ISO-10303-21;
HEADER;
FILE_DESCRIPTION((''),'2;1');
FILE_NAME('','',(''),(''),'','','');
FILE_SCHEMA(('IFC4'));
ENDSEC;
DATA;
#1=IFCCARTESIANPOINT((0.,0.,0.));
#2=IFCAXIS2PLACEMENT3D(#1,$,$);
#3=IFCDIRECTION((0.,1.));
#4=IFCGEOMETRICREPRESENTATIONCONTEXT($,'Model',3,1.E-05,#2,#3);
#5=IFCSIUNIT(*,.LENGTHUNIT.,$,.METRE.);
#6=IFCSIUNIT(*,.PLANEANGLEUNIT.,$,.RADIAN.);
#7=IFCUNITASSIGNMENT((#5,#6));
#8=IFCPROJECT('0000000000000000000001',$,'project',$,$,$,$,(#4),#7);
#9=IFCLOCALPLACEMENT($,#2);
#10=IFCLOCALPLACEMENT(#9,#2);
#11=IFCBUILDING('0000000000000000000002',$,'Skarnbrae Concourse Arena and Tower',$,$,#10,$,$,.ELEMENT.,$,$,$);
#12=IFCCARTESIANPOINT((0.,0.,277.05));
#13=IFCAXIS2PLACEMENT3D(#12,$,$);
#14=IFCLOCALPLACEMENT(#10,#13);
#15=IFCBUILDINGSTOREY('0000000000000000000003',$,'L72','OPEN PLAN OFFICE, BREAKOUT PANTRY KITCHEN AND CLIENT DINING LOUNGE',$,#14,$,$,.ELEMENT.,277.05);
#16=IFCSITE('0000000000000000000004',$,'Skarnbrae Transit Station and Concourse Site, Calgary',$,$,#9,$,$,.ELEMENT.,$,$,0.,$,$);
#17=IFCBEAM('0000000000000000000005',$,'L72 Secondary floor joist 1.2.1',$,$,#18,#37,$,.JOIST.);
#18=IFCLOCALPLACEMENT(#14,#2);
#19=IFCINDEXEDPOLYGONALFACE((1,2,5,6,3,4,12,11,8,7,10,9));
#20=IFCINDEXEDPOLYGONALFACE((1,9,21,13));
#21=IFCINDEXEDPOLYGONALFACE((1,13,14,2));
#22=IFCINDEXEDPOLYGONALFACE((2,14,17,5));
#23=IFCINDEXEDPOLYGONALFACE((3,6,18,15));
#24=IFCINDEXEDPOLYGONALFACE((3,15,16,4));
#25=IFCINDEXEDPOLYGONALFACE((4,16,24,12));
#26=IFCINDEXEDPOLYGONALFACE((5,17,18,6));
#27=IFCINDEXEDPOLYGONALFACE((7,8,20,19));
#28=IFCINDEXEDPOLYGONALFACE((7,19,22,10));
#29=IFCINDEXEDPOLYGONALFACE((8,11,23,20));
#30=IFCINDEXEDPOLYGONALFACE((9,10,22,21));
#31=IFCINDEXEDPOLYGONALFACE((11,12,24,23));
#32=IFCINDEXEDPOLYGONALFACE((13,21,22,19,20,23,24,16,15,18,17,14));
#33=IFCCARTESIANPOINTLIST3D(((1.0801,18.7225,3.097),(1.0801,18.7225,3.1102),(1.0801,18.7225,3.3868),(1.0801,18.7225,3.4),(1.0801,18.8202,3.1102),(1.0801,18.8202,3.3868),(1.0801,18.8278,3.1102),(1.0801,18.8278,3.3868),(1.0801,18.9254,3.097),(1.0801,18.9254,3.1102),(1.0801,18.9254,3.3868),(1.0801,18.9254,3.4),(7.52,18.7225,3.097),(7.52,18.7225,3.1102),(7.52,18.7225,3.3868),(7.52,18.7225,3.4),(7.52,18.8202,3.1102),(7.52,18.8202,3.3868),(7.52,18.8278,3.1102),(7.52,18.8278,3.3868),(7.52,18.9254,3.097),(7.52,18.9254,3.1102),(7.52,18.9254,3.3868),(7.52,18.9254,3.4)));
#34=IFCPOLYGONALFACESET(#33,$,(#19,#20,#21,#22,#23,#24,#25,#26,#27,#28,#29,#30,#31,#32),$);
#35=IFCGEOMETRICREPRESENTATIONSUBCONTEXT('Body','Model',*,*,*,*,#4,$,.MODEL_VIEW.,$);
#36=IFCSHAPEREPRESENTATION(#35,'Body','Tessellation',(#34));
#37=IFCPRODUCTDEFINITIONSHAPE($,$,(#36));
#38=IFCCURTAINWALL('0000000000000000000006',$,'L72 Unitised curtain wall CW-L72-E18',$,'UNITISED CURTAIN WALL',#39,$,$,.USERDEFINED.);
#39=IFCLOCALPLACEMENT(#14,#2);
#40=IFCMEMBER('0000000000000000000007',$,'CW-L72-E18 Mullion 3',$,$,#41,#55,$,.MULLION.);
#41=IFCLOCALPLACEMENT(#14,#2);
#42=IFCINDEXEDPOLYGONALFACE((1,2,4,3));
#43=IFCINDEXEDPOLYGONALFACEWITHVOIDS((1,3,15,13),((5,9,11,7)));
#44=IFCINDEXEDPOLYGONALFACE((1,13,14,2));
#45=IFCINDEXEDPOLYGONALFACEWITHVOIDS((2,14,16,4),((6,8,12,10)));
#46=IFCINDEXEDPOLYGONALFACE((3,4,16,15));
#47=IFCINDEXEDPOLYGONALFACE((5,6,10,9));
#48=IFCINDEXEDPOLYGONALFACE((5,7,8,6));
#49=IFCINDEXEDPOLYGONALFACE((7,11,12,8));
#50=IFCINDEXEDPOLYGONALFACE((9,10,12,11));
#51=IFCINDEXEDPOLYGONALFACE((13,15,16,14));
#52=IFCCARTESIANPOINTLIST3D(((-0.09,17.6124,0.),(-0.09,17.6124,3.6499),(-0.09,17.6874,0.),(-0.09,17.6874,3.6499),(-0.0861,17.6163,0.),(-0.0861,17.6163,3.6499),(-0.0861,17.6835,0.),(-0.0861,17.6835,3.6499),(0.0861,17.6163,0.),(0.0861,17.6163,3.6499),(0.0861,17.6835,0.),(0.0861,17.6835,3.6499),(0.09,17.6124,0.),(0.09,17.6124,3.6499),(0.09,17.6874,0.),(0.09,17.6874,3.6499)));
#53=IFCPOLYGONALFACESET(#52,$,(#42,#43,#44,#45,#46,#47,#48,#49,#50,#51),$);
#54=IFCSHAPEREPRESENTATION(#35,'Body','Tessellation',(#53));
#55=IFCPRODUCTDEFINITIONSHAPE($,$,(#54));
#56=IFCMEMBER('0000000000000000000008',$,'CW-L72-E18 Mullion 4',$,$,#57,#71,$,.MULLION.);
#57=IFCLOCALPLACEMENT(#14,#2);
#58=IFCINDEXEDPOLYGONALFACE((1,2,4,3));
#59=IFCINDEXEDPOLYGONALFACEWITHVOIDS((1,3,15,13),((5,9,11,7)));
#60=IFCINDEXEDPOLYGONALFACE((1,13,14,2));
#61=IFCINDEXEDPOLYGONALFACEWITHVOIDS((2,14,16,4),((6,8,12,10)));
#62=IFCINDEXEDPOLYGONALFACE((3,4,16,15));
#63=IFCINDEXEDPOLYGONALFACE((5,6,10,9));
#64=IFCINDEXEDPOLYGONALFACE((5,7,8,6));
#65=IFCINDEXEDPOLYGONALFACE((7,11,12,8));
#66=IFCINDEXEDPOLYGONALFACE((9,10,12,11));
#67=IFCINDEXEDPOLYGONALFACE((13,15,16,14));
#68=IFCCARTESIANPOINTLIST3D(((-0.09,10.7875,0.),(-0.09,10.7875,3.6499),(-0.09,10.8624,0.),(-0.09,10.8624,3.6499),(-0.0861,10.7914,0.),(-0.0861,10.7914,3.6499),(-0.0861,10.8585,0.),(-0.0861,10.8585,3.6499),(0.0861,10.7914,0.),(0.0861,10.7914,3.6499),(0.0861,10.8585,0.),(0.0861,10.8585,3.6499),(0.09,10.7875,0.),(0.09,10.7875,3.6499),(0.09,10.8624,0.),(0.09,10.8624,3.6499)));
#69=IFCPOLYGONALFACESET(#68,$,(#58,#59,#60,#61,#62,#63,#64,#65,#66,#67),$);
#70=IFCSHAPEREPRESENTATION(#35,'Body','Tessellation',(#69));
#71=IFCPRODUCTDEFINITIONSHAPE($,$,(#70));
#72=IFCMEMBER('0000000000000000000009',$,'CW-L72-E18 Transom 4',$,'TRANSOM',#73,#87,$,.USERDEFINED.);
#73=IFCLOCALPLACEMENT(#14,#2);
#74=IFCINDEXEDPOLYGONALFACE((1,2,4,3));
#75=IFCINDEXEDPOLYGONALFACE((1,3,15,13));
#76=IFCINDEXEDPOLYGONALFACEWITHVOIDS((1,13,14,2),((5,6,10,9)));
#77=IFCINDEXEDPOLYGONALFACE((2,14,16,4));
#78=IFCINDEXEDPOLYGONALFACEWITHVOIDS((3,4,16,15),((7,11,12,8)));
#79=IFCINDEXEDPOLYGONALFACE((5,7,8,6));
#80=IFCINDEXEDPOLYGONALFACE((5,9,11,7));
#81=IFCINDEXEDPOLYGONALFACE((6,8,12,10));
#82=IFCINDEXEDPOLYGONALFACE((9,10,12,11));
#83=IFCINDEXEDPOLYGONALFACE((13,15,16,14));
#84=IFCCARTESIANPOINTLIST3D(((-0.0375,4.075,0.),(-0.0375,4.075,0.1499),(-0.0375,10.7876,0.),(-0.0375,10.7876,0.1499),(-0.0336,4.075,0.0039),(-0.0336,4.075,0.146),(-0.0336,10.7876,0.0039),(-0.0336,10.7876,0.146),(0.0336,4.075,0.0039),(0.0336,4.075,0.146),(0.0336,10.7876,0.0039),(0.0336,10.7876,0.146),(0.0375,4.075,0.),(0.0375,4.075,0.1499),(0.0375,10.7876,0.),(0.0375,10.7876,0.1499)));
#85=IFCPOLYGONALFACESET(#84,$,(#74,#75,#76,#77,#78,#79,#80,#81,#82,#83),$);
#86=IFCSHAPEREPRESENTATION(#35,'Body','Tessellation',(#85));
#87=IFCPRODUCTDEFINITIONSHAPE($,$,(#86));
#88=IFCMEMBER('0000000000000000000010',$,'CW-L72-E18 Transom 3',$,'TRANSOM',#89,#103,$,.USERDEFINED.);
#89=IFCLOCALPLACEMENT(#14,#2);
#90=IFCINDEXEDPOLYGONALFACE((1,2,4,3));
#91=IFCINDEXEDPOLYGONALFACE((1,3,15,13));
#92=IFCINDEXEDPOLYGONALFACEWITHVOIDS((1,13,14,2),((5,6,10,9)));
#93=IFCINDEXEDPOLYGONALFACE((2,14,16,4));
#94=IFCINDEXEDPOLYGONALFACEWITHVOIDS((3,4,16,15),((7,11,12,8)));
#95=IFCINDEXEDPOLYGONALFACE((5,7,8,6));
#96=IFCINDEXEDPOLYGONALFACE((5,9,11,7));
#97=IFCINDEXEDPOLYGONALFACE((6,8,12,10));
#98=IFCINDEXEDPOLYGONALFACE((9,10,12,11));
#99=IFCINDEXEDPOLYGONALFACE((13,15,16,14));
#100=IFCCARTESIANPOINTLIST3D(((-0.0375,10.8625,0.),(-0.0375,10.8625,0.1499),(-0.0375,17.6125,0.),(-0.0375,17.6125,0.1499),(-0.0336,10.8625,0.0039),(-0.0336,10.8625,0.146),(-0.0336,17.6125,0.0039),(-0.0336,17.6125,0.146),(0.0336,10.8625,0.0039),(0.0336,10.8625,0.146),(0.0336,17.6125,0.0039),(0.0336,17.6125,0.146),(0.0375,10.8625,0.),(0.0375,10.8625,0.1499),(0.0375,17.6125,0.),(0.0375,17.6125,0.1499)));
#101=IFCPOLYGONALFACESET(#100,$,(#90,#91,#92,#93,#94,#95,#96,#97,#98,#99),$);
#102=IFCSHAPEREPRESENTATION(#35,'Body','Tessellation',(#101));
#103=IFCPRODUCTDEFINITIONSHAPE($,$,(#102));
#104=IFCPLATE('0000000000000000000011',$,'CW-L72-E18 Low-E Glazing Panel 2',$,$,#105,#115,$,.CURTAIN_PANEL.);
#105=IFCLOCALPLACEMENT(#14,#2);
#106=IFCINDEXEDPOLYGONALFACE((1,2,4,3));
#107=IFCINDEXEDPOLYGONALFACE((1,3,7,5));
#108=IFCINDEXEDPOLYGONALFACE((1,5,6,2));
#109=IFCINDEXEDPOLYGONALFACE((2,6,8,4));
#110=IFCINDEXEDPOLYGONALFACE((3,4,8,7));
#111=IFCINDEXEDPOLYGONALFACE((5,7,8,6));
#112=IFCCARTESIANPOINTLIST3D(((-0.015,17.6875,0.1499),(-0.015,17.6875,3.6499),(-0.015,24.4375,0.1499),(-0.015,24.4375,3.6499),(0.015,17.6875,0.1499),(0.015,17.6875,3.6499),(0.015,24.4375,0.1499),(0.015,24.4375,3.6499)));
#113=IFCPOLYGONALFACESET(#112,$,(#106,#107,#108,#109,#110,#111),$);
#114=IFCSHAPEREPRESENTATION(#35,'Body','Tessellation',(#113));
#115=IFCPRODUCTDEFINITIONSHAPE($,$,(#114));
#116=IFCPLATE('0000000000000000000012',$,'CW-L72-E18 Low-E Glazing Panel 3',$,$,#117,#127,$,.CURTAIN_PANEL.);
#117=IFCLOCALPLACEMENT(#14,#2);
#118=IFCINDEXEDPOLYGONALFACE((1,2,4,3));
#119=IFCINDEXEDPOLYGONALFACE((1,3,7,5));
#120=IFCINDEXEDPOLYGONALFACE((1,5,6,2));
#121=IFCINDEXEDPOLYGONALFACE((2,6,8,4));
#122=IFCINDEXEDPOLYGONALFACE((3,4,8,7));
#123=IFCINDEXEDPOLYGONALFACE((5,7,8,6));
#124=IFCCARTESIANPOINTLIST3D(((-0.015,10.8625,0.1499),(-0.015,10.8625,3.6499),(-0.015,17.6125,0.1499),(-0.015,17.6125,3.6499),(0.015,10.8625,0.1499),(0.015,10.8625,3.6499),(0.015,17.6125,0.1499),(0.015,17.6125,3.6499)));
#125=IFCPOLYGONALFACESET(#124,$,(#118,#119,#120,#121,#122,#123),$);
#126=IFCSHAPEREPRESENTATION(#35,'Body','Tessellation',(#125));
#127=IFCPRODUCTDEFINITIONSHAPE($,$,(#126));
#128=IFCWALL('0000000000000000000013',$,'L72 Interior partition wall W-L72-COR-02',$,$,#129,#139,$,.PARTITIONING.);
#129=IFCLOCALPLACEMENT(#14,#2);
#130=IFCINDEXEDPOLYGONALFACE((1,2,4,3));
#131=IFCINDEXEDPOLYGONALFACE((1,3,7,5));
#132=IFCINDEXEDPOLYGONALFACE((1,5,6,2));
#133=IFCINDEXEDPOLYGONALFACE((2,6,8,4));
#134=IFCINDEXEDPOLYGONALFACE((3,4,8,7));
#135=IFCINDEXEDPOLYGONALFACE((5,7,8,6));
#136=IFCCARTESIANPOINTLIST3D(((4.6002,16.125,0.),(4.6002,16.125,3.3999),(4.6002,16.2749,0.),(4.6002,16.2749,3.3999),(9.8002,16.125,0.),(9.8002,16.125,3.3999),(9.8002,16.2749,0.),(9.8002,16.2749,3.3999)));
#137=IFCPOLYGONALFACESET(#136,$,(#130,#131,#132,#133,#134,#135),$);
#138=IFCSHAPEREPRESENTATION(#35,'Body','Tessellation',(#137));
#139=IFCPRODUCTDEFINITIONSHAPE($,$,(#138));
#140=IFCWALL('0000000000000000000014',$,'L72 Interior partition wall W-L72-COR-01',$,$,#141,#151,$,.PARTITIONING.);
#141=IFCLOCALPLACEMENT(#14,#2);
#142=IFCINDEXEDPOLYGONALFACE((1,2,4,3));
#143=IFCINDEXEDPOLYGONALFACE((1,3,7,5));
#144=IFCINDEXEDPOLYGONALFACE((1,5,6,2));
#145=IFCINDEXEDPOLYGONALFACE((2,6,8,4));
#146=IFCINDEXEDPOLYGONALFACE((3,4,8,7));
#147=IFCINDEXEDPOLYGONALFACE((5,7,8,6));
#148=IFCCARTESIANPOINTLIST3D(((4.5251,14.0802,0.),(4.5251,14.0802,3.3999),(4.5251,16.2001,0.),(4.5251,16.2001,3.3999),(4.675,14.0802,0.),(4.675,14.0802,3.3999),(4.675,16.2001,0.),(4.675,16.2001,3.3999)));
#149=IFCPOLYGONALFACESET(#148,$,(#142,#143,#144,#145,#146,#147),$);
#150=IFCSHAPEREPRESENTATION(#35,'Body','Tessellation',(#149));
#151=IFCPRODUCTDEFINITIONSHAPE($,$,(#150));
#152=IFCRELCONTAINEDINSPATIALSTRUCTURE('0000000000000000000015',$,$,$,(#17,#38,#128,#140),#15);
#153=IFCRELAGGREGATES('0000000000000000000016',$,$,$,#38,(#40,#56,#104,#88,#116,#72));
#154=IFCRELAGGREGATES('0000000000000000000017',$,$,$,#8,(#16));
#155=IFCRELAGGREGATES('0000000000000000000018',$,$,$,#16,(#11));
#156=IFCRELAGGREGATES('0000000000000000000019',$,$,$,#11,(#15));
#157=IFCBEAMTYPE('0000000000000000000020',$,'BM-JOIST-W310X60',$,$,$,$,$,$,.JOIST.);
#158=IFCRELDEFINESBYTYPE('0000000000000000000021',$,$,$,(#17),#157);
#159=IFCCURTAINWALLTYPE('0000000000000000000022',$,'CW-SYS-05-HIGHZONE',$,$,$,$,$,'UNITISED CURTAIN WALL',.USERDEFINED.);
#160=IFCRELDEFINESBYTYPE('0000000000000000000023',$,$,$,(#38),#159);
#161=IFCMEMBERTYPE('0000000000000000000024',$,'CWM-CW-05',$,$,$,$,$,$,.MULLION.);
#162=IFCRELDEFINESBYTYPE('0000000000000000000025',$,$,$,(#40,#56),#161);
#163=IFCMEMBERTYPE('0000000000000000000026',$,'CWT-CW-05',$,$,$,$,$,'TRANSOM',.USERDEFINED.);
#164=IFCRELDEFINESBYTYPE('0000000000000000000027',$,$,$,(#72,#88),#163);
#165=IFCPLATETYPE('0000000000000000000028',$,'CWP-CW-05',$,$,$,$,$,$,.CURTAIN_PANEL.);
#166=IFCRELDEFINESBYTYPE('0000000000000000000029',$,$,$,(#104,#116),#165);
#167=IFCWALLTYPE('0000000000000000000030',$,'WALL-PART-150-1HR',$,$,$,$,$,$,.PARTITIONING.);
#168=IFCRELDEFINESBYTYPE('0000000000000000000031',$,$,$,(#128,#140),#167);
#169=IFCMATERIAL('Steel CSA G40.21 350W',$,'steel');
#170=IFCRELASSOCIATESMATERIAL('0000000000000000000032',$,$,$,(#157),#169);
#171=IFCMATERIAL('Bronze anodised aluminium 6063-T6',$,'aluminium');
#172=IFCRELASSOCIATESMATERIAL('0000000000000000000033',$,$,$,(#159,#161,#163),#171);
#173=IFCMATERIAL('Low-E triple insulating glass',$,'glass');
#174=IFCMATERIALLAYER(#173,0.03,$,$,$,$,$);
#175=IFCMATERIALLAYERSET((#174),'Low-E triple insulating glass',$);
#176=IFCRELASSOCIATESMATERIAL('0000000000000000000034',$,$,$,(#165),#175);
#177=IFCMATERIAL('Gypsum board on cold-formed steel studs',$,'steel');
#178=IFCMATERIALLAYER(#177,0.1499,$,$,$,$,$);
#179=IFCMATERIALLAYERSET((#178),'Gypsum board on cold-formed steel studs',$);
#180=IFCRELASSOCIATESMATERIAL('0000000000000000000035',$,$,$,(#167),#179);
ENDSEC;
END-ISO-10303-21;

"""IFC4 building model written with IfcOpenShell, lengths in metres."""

from ifc_helpers import new_model, si_unit, direction, frame, frame_2d, origin, origin_2d, place, context, subcontext, project, spatial, rectangle, hollow_rectangle, i_section, extrude, source, transform, mapped, material, layer, layer_set, material_profile, profile_set, type_object, element, aggregate, save


model = new_model("IFC4")

# Units and contexts
model_context = context("Model", 3, precision=1e-05, world=origin(), true_north=direction((0.0, 1.0)))
body_context = subcontext(model_context, "Body", "Model", "MODEL_VIEW")
ifc_project = project(units=[si_unit("LENGTHUNIT", "METRE"), si_unit("PLANEANGLEUNIT", "RADIAN")], contexts=[model_context])

# Site, building, storey
site_placement = place(None, origin())
site = spatial("IfcSite", under=ifc_project, at=site_placement, Name="Skarnbrae Transit Station and Concourse Site, Calgary", CompositionType="ELEMENT", RefElevation=0.0)
building_placement = place(site_placement, origin())
building = spatial("IfcBuilding", under=site, at=building_placement, Name="Skarnbrae Concourse Arena and Tower", CompositionType="ELEMENT")
storey_placement = place(building_placement, frame((0.0, 0.0, 277.05)))
storey = spatial("IfcBuildingStorey", under=building, at=storey_placement, Name="L72", Description="OPEN PLAN OFFICE, BREAKOUT PANTRY KITCHEN AND CLIENT DINING LOUNGE", CompositionType="ELEMENT", Elevation=277.05)

# Shared definitions
ifc_material_1 = material(Name="Steel CSA G40.21 350W", Category="steel")

# Beam
ifc_material_profile_1 = material_profile(ifc_material_1, i_section(OverallWidth=0.2029, OverallDepth=0.303, WebThickness=0.0076, FlangeThickness=0.0132, at=origin_2d()), Name="W310X60")
ifc_profile_set_1 = profile_set([ifc_material_profile_1], Name="Steel CSA G40.21 350W")
beam_type_1 = type_object("IfcBeamType", Name="BM-JOIST-W310X60", PredefinedType="JOIST", material=ifc_profile_set_1)
shared_shape_1 = source(origin(), body_context, "Body", "SweptSolid", [
    extrude(i_section(OverallWidth=0.2029, OverallDepth=0.303, WebThickness=0.0076, FlangeThickness=0.0132, at=origin_2d()), origin(), (0.0, 0.0, 1.0), 6.4399),
])
for number, where, z_axis, x_axis, name in (
    (1, (1.0801, 18.824, 3.2485), (1.0, 0.0, 0.0), (0.0, 1.0, 0.0), "L72 Secondary floor joist 1.2.1"),
):
    element("IfcBeam", number, at=place(storey_placement, frame(where, z_axis=z_axis, x_axis=x_axis)), inside=storey, type_object=beam_type_1, Name=name, PredefinedType="JOIST", context=body_context, shape_type="MappedRepresentation", body=[
        mapped(shared_shape_1, transform((0.0, 0.0, 0.0))),
    ])

# Curtain wall, members, plates
ifc_material_2 = material(Name="Bronze anodised aluminium 6063-T6", Category="aluminium")
curtain_wall_type = type_object("IfcCurtainWallType", Name="CW-SYS-05-HIGHZONE", ElementType="UNITISED CURTAIN WALL", PredefinedType="USERDEFINED", material=ifc_material_2)
curtain_wall_placement = place(storey_placement, origin())
curtain_wall = element("IfcCurtainWall", 2, at=curtain_wall_placement, inside=storey, type_object=curtain_wall_type, Name="L72 Unitised curtain wall CW-L72-E18", ObjectType="UNITISED CURTAIN WALL", PredefinedType="USERDEFINED")
ifc_material_profile_2 = material_profile(ifc_material_2, hollow_rectangle(XDim=0.075, YDim=0.1799, WallThickness=0.0039, at=origin_2d()), Name="ALU-MULL-75X180")
ifc_profile_set_2 = profile_set([ifc_material_profile_2], Name="Bronze anodised aluminium 6063-T6")
member_type_1 = type_object("IfcMemberType", Name="CWM-CW-05", PredefinedType="MULLION", material=ifc_profile_set_2)
shared_shape_2 = source(origin(), body_context, "Body", "SweptSolid", [
    extrude(hollow_rectangle(XDim=0.075, YDim=0.1799, WallThickness=0.0039, at=origin_2d()), origin(), (0.0, 0.0, 1.0), 3.6499),
])
member_1_placement = place(storey_placement, frame((0.0, 17.6499, 0.0), z_axis=(0.0, 0.0, 1.0), x_axis=(0.0, -1.0, 0.0)))
member_1 = element("IfcMember", 3, at=member_1_placement, type_object=member_type_1, Name="CW-L72-E18 Mullion 3", PredefinedType="MULLION", context=body_context, shape_type="MappedRepresentation", body=[
    mapped(shared_shape_2, transform((0.0, 0.0, 0.0))),
])
member_2_placement = place(storey_placement, frame((0.0, 10.825, 0.0), z_axis=(0.0, 0.0, 1.0), x_axis=(0.0, -1.0, 0.0)))
member_2 = element("IfcMember", 4, at=member_2_placement, type_object=member_type_1, Name="CW-L72-E18 Mullion 4", PredefinedType="MULLION", context=body_context, shape_type="MappedRepresentation", body=[
    mapped(shared_shape_2, transform((0.0, 0.0, 0.0))),
])
ifc_material_profile_3 = material_profile(ifc_material_2, hollow_rectangle(XDim=0.075, YDim=0.1499, WallThickness=0.0039, at=origin_2d()), Name="ALU-TRAN-75X150")
ifc_profile_set_3 = profile_set([ifc_material_profile_3], Name="Bronze anodised aluminium 6063-T6")
member_type_2 = type_object("IfcMemberType", Name="CWT-CW-05", ElementType="TRANSOM", PredefinedType="USERDEFINED", material=ifc_profile_set_3)
shared_shape_3 = source(origin(), body_context, "Body", "SweptSolid", [
    extrude(hollow_rectangle(XDim=0.075, YDim=0.1499, WallThickness=0.0039, at=origin_2d()), origin(), (0.0, 0.0, 1.0), 6.7126),
])
member_3_placement = place(storey_placement, frame((0.0, 10.7876, 0.075), z_axis=(0.0, -1.0, 0.0), x_axis=(1.0, 0.0, 0.0)))
member_3 = element("IfcMember", 5, at=member_3_placement, type_object=member_type_2, Name="CW-L72-E18 Transom 4", ObjectType="TRANSOM", PredefinedType="USERDEFINED", context=body_context, shape_type="MappedRepresentation", body=[
    mapped(shared_shape_3, transform((0.0, 0.0, 0.0))),
])
shared_shape_4 = source(origin(), body_context, "Body", "SweptSolid", [
    extrude(hollow_rectangle(XDim=0.075, YDim=0.1499, WallThickness=0.0039, at=origin_2d()), origin(), (0.0, 0.0, 1.0), 6.75),
])
member_4_placement = place(storey_placement, frame((0.0, 17.6125, 0.075), z_axis=(0.0, -1.0, 0.0), x_axis=(1.0, 0.0, 0.0)))
member_4 = element("IfcMember", 6, at=member_4_placement, type_object=member_type_2, Name="CW-L72-E18 Transom 3", ObjectType="TRANSOM", PredefinedType="USERDEFINED", context=body_context, shape_type="MappedRepresentation", body=[
    mapped(shared_shape_4, transform((0.0, 0.0, 0.0))),
])
ifc_material_3 = material(Name="Low-E triple insulating glass", Category="glass")
ifc_layer_1 = layer(ifc_material_3, 0.03)
ifc_layer_set_1 = layer_set([ifc_layer_1], Name="Low-E triple insulating glass")
plate_type = type_object("IfcPlateType", Name="CWP-CW-05", PredefinedType="CURTAIN_PANEL", material=ifc_layer_set_1)
shared_shape_5 = source(origin(), body_context, "Body", "SweptSolid", [
    extrude(rectangle(XDim=6.75, YDim=0.03, at=origin_2d()), origin(), (0.0, 0.0, 1.0), 3.5),
])
plate_1_placement = place(storey_placement, frame((0.0, 21.0625, 0.1499), z_axis=(0.0, 0.0, 1.0), x_axis=(0.0, -1.0, 0.0)))
plate_1 = element("IfcPlate", 7, at=plate_1_placement, type_object=plate_type, Name="CW-L72-E18 Low-E Glazing Panel 2", PredefinedType="CURTAIN_PANEL", context=body_context, shape_type="MappedRepresentation", body=[
    mapped(shared_shape_5, transform((0.0, 0.0, 0.0))),
])
plate_2_placement = place(storey_placement, frame((0.0, 14.2375, 0.1499), z_axis=(0.0, 0.0, 1.0), x_axis=(0.0, -1.0, 0.0)))
plate_2 = element("IfcPlate", 8, at=plate_2_placement, type_object=plate_type, Name="CW-L72-E18 Low-E Glazing Panel 3", PredefinedType="CURTAIN_PANEL", context=body_context, shape_type="MappedRepresentation", body=[
    mapped(shared_shape_5, transform((0.0, 0.0, 0.0))),
])
aggregate(curtain_wall, [member_1, member_2, plate_1, member_4, plate_2, member_3])

# Walls
ifc_material_4 = material(Name="Gypsum board on cold-formed steel studs", Category="steel")
ifc_layer_2 = layer(ifc_material_4, 0.1499)
ifc_layer_set_2 = layer_set([ifc_layer_2], Name="Gypsum board on cold-formed steel studs")
wall_type_1 = type_object("IfcWallType", Name="WALL-PART-150-1HR", PredefinedType="PARTITIONING", material=ifc_layer_set_2)
shared_shape_6 = source(origin(), body_context, "Body", "SweptSolid", [
    extrude(rectangle(XDim=5.2, YDim=0.1499, at=frame_2d((2.6001, 0.0))), origin(), (0.0, 0.0, 1.0), 3.3999),
])
wall_1_placement = place(storey_placement, frame((4.6001, 16.2, 0.0), z_axis=(0.0, 0.0, 1.0), x_axis=(1.0, 0.0, 0.0)))
element("IfcWall", 9, at=wall_1_placement, inside=storey, type_object=wall_type_1, Name="L72 Interior partition wall W-L72-COR-02", PredefinedType="PARTITIONING", context=body_context, shape_type="MappedRepresentation", body=[
    mapped(shared_shape_6, transform((0.0, 0.0, 0.0))),
])
shared_shape_7 = source(origin(), body_context, "Body", "SweptSolid", [
    extrude(rectangle(XDim=2.1199, YDim=0.1499, at=frame_2d((1.0601, 0.0))), origin(), (0.0, 0.0, 1.0), 3.3999),
])
wall_2_placement = place(storey_placement, frame((4.6001, 14.0801, 0.0), z_axis=(0.0, 0.0, 1.0), x_axis=(0.0, 1.0, 0.0)))
element("IfcWall", 10, at=wall_2_placement, inside=storey, type_object=wall_type_1, Name="L72 Interior partition wall W-L72-COR-01", PredefinedType="PARTITIONING", context=body_context, shape_type="MappedRepresentation", body=[
    mapped(shared_shape_7, transform((0.0, 0.0, 0.0))),
])

save(model, "model.ifc")
